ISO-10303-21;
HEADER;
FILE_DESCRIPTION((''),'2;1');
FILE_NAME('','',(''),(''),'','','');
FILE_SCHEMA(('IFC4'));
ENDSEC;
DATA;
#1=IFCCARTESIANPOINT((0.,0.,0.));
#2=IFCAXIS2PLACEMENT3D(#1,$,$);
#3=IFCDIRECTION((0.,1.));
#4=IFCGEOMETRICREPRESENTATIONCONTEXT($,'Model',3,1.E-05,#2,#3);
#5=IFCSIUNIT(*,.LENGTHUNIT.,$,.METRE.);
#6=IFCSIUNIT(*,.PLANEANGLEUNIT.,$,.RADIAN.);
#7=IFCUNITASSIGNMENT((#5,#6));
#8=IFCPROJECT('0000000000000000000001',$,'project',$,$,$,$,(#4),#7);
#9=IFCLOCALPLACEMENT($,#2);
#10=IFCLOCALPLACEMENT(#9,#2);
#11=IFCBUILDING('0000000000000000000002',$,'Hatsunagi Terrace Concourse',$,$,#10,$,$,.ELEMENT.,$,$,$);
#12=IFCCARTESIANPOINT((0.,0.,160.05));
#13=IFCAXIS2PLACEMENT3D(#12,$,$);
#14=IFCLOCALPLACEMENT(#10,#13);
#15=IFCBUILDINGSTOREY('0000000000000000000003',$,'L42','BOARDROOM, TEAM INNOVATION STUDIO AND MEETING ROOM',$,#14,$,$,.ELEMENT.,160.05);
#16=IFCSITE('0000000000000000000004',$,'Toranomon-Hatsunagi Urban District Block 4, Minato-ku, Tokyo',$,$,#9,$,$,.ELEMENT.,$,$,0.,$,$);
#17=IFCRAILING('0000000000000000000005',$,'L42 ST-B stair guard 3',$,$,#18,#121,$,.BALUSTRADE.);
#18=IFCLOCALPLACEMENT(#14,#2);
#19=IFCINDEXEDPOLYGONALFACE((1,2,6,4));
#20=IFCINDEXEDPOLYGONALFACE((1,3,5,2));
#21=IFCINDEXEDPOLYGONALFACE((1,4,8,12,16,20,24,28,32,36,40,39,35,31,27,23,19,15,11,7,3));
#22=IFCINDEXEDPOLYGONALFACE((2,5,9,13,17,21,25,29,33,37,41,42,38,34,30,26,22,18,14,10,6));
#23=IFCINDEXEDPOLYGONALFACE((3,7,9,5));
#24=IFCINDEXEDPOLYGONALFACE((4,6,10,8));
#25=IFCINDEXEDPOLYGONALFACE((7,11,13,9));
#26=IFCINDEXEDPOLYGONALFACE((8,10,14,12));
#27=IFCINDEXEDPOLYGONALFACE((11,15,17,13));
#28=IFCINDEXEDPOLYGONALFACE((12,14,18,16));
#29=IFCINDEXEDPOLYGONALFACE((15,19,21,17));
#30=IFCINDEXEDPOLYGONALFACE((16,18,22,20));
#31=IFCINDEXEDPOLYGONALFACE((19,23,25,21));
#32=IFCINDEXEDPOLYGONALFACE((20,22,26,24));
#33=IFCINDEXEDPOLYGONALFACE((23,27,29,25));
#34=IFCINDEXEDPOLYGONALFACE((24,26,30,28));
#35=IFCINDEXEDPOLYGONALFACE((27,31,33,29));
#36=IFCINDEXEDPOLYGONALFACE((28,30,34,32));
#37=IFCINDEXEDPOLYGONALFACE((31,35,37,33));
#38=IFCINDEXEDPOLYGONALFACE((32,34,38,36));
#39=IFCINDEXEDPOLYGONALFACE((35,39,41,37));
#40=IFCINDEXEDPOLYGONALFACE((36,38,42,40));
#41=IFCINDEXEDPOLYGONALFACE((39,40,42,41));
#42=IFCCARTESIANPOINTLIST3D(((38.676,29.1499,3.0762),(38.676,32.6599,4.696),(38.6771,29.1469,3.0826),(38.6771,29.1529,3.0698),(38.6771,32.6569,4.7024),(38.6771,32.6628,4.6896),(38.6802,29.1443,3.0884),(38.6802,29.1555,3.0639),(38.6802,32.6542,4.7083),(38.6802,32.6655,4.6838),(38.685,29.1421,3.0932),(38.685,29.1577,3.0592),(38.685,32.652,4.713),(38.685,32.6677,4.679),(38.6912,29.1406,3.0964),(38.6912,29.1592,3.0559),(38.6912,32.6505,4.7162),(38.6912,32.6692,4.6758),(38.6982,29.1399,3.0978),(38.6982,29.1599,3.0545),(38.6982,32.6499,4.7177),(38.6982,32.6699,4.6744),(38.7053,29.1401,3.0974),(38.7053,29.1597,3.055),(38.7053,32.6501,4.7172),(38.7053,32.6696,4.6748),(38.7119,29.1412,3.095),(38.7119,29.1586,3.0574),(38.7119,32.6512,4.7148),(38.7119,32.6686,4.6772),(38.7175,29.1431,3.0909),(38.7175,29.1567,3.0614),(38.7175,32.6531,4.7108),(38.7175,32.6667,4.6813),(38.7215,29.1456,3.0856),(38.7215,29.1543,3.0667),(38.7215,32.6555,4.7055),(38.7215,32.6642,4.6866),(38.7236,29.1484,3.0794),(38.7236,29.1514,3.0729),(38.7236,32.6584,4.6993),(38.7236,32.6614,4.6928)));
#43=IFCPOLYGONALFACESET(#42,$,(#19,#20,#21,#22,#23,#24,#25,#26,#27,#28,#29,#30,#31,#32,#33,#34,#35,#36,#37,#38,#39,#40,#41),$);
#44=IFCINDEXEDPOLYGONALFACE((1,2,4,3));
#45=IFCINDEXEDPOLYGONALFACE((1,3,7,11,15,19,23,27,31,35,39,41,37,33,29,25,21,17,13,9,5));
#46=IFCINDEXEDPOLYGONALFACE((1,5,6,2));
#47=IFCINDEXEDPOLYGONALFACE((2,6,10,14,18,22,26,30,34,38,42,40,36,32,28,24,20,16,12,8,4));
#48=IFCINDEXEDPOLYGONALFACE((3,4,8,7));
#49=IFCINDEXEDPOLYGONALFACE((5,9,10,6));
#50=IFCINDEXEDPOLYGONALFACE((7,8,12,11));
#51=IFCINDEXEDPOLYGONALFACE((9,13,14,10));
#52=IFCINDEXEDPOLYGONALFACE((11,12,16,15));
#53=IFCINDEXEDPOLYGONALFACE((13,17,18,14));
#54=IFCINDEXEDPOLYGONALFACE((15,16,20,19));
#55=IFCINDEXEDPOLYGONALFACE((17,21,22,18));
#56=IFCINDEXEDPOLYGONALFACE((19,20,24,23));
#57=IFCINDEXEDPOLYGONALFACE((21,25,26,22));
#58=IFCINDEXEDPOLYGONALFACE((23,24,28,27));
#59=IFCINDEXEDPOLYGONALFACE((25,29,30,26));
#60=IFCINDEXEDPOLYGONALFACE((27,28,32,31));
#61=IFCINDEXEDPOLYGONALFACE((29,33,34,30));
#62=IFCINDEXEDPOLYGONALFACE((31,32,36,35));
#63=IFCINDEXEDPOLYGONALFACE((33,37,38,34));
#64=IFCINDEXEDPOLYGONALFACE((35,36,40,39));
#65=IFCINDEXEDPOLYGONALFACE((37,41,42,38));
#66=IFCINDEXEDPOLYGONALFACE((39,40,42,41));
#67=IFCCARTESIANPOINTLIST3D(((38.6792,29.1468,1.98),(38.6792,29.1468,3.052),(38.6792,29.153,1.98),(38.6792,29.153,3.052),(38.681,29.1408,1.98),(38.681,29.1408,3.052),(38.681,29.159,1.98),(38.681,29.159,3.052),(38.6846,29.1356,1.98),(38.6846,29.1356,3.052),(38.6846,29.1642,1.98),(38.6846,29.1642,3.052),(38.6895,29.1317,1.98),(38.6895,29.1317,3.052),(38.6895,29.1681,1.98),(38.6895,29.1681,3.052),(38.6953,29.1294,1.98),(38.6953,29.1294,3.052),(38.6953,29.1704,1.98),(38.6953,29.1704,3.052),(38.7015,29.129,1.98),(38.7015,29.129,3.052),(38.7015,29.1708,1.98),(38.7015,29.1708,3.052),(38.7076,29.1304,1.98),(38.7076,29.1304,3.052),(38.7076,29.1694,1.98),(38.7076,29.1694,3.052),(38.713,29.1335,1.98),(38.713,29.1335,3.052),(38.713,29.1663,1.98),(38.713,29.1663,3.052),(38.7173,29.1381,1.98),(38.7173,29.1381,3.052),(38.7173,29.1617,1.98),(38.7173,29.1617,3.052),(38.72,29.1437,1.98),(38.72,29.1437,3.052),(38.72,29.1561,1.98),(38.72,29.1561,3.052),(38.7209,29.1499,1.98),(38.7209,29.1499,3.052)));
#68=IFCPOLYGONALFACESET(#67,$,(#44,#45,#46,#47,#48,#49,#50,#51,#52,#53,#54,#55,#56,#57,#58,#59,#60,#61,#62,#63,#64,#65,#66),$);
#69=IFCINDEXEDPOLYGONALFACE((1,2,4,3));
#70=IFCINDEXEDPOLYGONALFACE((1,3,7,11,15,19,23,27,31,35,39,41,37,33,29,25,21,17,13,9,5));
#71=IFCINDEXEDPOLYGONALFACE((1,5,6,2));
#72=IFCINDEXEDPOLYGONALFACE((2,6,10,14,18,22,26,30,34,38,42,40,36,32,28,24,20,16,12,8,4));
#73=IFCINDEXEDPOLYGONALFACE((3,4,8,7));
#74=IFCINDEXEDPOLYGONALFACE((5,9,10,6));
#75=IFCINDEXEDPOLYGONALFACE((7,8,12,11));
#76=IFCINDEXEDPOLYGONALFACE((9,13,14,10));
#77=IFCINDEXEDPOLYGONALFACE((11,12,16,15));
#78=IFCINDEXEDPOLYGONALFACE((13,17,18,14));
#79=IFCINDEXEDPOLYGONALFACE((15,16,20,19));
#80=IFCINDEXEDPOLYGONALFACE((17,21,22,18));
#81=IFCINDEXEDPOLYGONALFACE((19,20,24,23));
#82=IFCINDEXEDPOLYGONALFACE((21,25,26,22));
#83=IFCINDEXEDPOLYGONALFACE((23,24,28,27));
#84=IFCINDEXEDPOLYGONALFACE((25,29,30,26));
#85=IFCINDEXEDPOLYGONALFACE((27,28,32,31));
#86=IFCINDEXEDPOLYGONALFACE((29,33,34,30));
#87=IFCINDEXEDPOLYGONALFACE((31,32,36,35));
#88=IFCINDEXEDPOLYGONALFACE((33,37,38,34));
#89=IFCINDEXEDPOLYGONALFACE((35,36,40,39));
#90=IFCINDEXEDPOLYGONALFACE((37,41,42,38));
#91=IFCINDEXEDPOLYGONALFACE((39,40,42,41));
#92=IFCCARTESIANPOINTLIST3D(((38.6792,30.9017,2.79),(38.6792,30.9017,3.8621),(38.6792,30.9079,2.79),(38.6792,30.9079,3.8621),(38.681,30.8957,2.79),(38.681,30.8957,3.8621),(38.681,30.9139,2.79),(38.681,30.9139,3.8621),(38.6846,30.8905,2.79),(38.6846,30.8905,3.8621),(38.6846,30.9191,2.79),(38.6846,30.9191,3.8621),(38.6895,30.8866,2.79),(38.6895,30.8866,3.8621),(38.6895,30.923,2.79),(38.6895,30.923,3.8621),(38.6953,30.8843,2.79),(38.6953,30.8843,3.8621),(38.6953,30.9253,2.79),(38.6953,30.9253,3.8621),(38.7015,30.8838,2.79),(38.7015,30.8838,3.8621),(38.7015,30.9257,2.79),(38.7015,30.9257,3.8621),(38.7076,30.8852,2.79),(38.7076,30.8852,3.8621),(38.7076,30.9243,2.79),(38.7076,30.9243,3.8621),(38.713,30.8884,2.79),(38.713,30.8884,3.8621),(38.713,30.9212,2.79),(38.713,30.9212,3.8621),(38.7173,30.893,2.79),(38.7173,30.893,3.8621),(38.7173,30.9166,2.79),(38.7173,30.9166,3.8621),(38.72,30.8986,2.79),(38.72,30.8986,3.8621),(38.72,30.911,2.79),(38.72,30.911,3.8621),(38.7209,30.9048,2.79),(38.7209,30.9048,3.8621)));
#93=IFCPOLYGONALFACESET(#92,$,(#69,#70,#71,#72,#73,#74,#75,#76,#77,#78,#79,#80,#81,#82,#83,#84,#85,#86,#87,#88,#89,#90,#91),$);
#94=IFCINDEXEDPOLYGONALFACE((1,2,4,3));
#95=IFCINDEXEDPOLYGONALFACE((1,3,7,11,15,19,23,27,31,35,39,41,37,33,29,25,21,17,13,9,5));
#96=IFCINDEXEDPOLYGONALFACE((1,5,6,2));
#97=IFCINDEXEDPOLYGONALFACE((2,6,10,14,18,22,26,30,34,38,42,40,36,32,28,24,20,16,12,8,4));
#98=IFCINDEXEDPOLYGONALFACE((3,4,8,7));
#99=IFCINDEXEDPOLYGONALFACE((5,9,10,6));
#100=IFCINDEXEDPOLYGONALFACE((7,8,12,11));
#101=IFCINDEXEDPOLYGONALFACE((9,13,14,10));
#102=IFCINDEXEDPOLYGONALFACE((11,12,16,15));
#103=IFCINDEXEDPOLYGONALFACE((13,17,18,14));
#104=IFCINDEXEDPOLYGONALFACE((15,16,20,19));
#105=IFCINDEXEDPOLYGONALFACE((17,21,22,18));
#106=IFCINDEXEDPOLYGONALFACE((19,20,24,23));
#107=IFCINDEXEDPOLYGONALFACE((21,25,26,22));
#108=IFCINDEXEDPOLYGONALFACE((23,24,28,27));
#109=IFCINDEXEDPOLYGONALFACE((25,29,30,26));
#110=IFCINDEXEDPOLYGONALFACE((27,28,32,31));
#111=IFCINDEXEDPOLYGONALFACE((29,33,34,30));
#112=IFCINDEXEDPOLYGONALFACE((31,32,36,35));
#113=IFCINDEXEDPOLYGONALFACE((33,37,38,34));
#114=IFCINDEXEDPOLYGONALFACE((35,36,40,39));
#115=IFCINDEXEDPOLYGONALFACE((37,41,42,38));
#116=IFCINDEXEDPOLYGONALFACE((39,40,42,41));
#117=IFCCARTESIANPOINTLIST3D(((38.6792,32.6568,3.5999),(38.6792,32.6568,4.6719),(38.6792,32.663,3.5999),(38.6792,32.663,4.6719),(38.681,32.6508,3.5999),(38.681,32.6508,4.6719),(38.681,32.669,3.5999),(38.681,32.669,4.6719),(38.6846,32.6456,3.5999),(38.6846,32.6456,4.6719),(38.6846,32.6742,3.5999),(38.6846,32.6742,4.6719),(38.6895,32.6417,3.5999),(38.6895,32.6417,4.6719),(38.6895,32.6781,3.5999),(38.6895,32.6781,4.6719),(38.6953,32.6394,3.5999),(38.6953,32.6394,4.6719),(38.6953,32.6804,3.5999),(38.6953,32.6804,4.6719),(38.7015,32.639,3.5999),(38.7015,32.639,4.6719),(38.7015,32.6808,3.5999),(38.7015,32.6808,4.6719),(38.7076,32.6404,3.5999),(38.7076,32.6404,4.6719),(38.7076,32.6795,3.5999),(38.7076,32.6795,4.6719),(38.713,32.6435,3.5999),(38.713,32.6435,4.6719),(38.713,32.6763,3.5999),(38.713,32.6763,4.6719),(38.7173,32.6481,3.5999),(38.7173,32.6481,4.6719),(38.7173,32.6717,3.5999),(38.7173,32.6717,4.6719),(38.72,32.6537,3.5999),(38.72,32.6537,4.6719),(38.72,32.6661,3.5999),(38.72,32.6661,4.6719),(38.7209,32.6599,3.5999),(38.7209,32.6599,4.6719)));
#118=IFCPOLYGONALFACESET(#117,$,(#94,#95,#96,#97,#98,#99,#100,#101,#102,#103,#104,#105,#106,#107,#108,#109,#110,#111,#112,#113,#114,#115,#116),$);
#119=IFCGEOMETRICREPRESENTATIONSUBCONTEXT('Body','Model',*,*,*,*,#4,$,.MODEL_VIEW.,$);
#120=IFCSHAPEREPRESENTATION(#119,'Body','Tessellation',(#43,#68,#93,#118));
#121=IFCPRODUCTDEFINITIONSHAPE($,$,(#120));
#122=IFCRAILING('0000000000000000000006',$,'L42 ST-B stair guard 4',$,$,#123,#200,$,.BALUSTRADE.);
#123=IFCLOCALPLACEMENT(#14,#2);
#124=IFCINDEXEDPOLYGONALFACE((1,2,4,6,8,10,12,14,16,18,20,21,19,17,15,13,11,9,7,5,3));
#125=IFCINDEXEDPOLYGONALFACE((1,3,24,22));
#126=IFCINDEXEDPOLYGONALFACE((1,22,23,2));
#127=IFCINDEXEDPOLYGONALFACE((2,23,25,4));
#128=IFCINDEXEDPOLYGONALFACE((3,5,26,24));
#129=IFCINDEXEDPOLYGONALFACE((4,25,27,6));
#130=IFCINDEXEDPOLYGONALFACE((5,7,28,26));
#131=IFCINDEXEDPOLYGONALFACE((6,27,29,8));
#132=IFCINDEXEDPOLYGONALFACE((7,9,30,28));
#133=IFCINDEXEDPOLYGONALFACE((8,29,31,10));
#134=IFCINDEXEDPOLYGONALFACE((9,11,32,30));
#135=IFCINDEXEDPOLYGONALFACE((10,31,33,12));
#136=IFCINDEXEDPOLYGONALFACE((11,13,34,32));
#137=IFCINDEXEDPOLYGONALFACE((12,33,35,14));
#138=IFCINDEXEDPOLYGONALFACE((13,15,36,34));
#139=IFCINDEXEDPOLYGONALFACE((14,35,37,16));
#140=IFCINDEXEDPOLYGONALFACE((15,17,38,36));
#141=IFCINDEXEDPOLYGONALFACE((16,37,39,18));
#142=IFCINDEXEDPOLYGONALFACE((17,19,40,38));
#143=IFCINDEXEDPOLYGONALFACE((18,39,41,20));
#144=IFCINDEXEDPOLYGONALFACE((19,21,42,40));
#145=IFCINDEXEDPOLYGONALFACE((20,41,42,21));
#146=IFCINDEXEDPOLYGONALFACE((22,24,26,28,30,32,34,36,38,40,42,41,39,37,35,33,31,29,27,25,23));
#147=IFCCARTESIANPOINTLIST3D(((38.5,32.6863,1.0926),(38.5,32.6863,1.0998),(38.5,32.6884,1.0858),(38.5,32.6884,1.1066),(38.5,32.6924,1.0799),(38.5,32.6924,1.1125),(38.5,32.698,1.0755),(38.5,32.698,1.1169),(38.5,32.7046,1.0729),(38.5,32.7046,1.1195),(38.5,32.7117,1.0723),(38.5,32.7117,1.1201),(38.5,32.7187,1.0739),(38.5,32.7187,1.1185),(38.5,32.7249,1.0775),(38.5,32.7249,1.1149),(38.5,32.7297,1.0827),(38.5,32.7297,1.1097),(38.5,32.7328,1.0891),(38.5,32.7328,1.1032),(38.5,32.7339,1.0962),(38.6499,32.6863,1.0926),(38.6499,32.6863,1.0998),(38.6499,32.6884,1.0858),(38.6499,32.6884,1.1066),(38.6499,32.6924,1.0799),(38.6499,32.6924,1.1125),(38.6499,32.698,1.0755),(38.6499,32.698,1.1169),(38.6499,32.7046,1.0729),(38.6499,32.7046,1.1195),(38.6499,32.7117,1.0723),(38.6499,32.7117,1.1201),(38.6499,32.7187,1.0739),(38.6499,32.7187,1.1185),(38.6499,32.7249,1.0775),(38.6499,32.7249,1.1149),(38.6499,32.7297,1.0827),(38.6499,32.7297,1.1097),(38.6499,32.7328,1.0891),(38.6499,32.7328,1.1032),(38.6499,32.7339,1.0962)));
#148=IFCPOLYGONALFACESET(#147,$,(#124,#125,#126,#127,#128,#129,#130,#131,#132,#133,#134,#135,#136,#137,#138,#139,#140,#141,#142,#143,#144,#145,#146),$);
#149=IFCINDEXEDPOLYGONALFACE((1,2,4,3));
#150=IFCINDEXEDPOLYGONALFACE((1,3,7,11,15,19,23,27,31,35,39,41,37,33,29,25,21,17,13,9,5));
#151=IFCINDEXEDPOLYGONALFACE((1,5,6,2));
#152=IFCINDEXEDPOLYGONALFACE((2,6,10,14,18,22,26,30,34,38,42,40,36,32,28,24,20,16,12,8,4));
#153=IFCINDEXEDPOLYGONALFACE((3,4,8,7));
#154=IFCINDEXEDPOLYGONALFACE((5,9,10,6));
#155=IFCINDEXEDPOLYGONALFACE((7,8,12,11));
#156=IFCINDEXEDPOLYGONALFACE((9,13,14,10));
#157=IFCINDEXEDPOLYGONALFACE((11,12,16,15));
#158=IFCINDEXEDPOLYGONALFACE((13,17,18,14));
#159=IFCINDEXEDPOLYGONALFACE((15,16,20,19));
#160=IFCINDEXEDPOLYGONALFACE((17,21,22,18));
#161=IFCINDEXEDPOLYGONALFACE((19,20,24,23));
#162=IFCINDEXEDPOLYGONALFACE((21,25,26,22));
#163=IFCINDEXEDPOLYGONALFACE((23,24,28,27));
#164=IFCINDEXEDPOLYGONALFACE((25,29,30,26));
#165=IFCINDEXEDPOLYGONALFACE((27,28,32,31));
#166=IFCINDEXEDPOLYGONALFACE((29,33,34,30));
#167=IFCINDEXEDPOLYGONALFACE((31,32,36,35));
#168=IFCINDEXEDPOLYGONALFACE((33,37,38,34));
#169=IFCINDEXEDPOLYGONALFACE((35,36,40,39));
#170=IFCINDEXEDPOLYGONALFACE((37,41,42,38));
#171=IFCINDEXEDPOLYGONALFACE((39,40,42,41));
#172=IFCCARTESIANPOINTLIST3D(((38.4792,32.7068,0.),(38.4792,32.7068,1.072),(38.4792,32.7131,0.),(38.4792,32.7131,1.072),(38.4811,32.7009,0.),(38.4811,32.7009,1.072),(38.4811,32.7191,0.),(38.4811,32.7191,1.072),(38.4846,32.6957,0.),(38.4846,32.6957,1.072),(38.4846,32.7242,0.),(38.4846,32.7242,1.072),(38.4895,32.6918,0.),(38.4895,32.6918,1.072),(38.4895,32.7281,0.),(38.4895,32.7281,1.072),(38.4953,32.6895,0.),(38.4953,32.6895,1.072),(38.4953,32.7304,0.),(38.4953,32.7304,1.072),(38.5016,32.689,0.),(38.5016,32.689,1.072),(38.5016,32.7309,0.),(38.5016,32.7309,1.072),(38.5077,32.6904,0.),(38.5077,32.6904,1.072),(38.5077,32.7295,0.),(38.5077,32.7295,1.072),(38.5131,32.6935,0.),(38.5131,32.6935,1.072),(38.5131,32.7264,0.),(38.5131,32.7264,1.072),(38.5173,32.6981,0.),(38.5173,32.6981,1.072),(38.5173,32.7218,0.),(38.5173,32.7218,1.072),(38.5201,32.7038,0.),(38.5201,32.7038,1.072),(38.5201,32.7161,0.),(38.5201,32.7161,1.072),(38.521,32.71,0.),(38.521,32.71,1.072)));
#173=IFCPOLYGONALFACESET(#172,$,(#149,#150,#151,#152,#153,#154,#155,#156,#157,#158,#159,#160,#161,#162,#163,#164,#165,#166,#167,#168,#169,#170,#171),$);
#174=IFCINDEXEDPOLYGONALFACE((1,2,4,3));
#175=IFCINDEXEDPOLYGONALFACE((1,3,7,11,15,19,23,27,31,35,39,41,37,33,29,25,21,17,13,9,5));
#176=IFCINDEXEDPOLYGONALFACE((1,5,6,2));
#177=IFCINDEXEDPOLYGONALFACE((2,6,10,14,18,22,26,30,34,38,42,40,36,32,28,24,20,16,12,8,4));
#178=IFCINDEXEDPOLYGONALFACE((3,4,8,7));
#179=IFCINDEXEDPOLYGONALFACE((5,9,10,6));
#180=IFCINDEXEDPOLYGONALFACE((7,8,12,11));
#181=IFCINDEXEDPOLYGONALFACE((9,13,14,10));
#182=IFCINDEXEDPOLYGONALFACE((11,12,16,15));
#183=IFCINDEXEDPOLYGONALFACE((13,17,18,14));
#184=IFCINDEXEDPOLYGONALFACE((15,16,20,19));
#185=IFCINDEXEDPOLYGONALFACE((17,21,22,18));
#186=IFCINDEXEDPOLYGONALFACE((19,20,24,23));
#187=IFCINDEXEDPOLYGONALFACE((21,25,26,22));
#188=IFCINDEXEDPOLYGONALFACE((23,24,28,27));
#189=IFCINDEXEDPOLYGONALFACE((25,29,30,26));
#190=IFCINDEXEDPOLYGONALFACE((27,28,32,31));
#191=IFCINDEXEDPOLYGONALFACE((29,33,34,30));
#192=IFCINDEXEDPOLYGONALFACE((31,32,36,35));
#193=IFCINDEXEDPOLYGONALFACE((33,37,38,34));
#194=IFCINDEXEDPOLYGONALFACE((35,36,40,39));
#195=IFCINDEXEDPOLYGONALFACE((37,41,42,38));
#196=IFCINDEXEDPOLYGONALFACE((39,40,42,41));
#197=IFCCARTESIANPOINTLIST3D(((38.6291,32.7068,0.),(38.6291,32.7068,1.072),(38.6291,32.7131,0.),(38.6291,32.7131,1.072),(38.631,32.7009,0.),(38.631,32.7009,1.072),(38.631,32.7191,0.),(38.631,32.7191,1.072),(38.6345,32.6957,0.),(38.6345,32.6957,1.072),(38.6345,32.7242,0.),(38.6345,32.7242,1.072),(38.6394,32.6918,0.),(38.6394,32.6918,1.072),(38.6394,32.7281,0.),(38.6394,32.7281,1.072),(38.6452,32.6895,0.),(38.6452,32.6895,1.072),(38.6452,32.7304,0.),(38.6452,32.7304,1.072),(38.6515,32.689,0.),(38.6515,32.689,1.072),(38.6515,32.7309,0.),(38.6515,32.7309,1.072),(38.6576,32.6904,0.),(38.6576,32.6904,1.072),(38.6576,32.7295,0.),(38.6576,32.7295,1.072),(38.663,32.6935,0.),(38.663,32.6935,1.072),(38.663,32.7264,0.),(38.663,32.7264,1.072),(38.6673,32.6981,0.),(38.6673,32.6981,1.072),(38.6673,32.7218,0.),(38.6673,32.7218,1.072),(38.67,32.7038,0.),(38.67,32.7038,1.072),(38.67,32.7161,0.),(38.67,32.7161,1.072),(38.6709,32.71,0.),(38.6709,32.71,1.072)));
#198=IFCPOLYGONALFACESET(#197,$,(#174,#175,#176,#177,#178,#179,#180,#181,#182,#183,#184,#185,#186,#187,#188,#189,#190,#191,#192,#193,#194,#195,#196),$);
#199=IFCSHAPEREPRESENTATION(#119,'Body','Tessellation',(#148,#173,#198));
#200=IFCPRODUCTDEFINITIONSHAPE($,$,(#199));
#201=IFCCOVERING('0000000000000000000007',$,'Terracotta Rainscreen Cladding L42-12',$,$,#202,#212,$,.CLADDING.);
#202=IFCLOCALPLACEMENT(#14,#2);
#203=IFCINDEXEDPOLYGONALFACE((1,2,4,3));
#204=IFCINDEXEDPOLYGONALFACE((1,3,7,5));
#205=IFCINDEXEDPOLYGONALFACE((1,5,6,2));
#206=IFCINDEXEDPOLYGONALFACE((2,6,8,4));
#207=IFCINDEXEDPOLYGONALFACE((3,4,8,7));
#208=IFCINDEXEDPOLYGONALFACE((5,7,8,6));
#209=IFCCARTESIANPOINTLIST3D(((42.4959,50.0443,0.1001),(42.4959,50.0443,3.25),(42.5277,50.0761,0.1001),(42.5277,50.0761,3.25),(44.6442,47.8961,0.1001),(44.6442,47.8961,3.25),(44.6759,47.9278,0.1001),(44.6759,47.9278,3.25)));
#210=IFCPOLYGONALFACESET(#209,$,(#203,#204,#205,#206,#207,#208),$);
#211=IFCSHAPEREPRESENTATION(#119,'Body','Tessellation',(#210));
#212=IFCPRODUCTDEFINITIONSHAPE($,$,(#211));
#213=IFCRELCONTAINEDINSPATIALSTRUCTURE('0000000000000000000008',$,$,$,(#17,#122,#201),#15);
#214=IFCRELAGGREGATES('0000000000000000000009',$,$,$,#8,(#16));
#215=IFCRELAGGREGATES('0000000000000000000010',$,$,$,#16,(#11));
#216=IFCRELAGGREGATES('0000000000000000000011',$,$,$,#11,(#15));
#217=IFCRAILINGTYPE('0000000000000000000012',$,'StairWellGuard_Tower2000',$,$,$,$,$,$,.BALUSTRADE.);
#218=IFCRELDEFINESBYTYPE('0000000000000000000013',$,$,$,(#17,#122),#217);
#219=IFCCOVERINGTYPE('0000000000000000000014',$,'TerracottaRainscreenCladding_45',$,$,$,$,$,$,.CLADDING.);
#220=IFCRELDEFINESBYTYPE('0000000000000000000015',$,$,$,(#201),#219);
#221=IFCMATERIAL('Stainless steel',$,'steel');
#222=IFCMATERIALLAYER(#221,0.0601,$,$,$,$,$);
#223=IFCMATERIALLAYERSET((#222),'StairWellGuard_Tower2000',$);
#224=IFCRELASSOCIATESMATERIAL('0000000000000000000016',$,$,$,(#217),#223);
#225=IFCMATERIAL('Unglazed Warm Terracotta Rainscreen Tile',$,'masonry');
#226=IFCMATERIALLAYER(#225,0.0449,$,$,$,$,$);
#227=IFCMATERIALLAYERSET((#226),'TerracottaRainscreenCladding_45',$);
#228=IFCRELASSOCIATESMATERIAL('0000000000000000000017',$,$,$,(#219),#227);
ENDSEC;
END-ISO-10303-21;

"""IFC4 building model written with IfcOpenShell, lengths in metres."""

from ifc_helpers import new_model, si_unit, direction, frame, origin, origin_2d, place, context, subcontext, project, spatial, rectangle, circle, extrude, material, layer, layer_set, type_object, element, save


model = new_model("IFC4")

# Units and contexts
model_context = context("Model", 3, precision=1e-05, world=origin(), true_north=direction((0.0, 1.0)))
body_context = subcontext(model_context, "Body", "Model", "MODEL_VIEW")
ifc_project = project(units=[si_unit("LENGTHUNIT", "METRE"), si_unit("PLANEANGLEUNIT", "RADIAN")], contexts=[model_context])

# Site, building, storey
site_placement = place(None, origin())
site = spatial("IfcSite", under=ifc_project, at=site_placement, Name="Toranomon-Hatsunagi Urban District Block 4, Minato-ku, Tokyo", CompositionType="ELEMENT", RefElevation=0.0)
building_placement = place(site_placement, origin())
building = spatial("IfcBuilding", under=site, at=building_placement, Name="Hatsunagi Terrace Concourse", CompositionType="ELEMENT")
storey_placement = place(building_placement, frame((0.0, 0.0, 160.05)))
storey = spatial("IfcBuildingStorey", under=building, at=storey_placement, Name="L42", Description="BOARDROOM, TEAM INNOVATION STUDIO AND MEETING ROOM", CompositionType="ELEMENT", Elevation=160.05)

# Railings
ifc_material_1 = material(Name="Stainless steel", Category="steel")
ifc_layer_1 = layer(ifc_material_1, 0.0601)
ifc_layer_set_1 = layer_set([ifc_layer_1], Name="StairWellGuard_Tower2000")
railing_type_1 = type_object("IfcRailingType", Name="StairWellGuard_Tower2000", PredefinedType="BALUSTRADE", material=ifc_layer_set_1)
railing_1_placement = place(storey_placement, frame((38.7, 29.1499, 1.98)))
element("IfcRailing", 1, at=railing_1_placement, inside=storey, type_object=railing_type_1, Name="L42 ST-B stair guard 3", PredefinedType="BALUSTRADE", context=body_context, shape_type="SweptSolid", body=[
    extrude(circle(Radius=0.0239, at=origin_2d()), frame((0.0, 0.0, 1.0962), z_axis=(0.0, 0.907972, 0.41903), x_axis=(-1.0, 0.0, 0.0)), (0.0, 0.0, 1.0), 3.8657),
    extrude(circle(Radius=0.021, at=origin_2d()), origin(), (0.0, 0.0, 1.0), 1.072),
    extrude(circle(Radius=0.021, at=origin_2d()), frame((0.0, 1.7549, 0.8101)), (0.0, 0.0, 1.0), 1.072),
    extrude(circle(Radius=0.021, at=origin_2d()), frame((0.0, 3.51, 1.6199)), (0.0, 0.0, 1.0), 1.072),
])
railing_2_placement = place(storey_placement, frame((38.5, 32.71, 0.0)))
element("IfcRailing", 2, at=railing_2_placement, inside=storey, type_object=railing_type_1, Name="L42 ST-B stair guard 4", PredefinedType="BALUSTRADE", context=body_context, shape_type="SweptSolid", body=[
    extrude(circle(Radius=0.0239, at=origin_2d()), frame((0.0, 0.0, 1.0962), z_axis=(1.0, 0.0, 0.0), x_axis=(0.0, 1.0, 0.0)), (0.0, 0.0, 1.0), 0.1499),
    extrude(circle(Radius=0.021, at=origin_2d()), origin(), (0.0, 0.0, 1.0), 1.072),
    extrude(circle(Radius=0.021, at=origin_2d()), frame((0.1499, 0.0, 0.0)), (0.0, 0.0, 1.0), 1.072),
])

# Covering
ifc_material_2 = material(Name="Unglazed Warm Terracotta Rainscreen Tile", Category="masonry")
ifc_layer_2 = layer(ifc_material_2, 0.0449)
ifc_layer_set_2 = layer_set([ifc_layer_2], Name="TerracottaRainscreenCladding_45")
covering_type = type_object("IfcCoveringType", Name="TerracottaRainscreenCladding_45", PredefinedType="CLADDING", material=ifc_layer_set_2)
covering_placement = place(storey_placement, frame((43.5859, 48.9861, 0.1001), z_axis=(0.0, 0.0, 1.0), x_axis=(0.707107, -0.707107, 0.0)))
element("IfcCovering", 3, at=covering_placement, inside=storey, type_object=covering_type, Name="Terracotta Rainscreen Cladding L42-12", PredefinedType="CLADDING", context=body_context, shape_type="SweptSolid", body=[
    extrude(rectangle(XDim=3.0381, YDim=0.0449, at=origin_2d()), origin(), (0.0, 0.0, 1.0), 3.1499),
])

save(model, "model.ifc")
